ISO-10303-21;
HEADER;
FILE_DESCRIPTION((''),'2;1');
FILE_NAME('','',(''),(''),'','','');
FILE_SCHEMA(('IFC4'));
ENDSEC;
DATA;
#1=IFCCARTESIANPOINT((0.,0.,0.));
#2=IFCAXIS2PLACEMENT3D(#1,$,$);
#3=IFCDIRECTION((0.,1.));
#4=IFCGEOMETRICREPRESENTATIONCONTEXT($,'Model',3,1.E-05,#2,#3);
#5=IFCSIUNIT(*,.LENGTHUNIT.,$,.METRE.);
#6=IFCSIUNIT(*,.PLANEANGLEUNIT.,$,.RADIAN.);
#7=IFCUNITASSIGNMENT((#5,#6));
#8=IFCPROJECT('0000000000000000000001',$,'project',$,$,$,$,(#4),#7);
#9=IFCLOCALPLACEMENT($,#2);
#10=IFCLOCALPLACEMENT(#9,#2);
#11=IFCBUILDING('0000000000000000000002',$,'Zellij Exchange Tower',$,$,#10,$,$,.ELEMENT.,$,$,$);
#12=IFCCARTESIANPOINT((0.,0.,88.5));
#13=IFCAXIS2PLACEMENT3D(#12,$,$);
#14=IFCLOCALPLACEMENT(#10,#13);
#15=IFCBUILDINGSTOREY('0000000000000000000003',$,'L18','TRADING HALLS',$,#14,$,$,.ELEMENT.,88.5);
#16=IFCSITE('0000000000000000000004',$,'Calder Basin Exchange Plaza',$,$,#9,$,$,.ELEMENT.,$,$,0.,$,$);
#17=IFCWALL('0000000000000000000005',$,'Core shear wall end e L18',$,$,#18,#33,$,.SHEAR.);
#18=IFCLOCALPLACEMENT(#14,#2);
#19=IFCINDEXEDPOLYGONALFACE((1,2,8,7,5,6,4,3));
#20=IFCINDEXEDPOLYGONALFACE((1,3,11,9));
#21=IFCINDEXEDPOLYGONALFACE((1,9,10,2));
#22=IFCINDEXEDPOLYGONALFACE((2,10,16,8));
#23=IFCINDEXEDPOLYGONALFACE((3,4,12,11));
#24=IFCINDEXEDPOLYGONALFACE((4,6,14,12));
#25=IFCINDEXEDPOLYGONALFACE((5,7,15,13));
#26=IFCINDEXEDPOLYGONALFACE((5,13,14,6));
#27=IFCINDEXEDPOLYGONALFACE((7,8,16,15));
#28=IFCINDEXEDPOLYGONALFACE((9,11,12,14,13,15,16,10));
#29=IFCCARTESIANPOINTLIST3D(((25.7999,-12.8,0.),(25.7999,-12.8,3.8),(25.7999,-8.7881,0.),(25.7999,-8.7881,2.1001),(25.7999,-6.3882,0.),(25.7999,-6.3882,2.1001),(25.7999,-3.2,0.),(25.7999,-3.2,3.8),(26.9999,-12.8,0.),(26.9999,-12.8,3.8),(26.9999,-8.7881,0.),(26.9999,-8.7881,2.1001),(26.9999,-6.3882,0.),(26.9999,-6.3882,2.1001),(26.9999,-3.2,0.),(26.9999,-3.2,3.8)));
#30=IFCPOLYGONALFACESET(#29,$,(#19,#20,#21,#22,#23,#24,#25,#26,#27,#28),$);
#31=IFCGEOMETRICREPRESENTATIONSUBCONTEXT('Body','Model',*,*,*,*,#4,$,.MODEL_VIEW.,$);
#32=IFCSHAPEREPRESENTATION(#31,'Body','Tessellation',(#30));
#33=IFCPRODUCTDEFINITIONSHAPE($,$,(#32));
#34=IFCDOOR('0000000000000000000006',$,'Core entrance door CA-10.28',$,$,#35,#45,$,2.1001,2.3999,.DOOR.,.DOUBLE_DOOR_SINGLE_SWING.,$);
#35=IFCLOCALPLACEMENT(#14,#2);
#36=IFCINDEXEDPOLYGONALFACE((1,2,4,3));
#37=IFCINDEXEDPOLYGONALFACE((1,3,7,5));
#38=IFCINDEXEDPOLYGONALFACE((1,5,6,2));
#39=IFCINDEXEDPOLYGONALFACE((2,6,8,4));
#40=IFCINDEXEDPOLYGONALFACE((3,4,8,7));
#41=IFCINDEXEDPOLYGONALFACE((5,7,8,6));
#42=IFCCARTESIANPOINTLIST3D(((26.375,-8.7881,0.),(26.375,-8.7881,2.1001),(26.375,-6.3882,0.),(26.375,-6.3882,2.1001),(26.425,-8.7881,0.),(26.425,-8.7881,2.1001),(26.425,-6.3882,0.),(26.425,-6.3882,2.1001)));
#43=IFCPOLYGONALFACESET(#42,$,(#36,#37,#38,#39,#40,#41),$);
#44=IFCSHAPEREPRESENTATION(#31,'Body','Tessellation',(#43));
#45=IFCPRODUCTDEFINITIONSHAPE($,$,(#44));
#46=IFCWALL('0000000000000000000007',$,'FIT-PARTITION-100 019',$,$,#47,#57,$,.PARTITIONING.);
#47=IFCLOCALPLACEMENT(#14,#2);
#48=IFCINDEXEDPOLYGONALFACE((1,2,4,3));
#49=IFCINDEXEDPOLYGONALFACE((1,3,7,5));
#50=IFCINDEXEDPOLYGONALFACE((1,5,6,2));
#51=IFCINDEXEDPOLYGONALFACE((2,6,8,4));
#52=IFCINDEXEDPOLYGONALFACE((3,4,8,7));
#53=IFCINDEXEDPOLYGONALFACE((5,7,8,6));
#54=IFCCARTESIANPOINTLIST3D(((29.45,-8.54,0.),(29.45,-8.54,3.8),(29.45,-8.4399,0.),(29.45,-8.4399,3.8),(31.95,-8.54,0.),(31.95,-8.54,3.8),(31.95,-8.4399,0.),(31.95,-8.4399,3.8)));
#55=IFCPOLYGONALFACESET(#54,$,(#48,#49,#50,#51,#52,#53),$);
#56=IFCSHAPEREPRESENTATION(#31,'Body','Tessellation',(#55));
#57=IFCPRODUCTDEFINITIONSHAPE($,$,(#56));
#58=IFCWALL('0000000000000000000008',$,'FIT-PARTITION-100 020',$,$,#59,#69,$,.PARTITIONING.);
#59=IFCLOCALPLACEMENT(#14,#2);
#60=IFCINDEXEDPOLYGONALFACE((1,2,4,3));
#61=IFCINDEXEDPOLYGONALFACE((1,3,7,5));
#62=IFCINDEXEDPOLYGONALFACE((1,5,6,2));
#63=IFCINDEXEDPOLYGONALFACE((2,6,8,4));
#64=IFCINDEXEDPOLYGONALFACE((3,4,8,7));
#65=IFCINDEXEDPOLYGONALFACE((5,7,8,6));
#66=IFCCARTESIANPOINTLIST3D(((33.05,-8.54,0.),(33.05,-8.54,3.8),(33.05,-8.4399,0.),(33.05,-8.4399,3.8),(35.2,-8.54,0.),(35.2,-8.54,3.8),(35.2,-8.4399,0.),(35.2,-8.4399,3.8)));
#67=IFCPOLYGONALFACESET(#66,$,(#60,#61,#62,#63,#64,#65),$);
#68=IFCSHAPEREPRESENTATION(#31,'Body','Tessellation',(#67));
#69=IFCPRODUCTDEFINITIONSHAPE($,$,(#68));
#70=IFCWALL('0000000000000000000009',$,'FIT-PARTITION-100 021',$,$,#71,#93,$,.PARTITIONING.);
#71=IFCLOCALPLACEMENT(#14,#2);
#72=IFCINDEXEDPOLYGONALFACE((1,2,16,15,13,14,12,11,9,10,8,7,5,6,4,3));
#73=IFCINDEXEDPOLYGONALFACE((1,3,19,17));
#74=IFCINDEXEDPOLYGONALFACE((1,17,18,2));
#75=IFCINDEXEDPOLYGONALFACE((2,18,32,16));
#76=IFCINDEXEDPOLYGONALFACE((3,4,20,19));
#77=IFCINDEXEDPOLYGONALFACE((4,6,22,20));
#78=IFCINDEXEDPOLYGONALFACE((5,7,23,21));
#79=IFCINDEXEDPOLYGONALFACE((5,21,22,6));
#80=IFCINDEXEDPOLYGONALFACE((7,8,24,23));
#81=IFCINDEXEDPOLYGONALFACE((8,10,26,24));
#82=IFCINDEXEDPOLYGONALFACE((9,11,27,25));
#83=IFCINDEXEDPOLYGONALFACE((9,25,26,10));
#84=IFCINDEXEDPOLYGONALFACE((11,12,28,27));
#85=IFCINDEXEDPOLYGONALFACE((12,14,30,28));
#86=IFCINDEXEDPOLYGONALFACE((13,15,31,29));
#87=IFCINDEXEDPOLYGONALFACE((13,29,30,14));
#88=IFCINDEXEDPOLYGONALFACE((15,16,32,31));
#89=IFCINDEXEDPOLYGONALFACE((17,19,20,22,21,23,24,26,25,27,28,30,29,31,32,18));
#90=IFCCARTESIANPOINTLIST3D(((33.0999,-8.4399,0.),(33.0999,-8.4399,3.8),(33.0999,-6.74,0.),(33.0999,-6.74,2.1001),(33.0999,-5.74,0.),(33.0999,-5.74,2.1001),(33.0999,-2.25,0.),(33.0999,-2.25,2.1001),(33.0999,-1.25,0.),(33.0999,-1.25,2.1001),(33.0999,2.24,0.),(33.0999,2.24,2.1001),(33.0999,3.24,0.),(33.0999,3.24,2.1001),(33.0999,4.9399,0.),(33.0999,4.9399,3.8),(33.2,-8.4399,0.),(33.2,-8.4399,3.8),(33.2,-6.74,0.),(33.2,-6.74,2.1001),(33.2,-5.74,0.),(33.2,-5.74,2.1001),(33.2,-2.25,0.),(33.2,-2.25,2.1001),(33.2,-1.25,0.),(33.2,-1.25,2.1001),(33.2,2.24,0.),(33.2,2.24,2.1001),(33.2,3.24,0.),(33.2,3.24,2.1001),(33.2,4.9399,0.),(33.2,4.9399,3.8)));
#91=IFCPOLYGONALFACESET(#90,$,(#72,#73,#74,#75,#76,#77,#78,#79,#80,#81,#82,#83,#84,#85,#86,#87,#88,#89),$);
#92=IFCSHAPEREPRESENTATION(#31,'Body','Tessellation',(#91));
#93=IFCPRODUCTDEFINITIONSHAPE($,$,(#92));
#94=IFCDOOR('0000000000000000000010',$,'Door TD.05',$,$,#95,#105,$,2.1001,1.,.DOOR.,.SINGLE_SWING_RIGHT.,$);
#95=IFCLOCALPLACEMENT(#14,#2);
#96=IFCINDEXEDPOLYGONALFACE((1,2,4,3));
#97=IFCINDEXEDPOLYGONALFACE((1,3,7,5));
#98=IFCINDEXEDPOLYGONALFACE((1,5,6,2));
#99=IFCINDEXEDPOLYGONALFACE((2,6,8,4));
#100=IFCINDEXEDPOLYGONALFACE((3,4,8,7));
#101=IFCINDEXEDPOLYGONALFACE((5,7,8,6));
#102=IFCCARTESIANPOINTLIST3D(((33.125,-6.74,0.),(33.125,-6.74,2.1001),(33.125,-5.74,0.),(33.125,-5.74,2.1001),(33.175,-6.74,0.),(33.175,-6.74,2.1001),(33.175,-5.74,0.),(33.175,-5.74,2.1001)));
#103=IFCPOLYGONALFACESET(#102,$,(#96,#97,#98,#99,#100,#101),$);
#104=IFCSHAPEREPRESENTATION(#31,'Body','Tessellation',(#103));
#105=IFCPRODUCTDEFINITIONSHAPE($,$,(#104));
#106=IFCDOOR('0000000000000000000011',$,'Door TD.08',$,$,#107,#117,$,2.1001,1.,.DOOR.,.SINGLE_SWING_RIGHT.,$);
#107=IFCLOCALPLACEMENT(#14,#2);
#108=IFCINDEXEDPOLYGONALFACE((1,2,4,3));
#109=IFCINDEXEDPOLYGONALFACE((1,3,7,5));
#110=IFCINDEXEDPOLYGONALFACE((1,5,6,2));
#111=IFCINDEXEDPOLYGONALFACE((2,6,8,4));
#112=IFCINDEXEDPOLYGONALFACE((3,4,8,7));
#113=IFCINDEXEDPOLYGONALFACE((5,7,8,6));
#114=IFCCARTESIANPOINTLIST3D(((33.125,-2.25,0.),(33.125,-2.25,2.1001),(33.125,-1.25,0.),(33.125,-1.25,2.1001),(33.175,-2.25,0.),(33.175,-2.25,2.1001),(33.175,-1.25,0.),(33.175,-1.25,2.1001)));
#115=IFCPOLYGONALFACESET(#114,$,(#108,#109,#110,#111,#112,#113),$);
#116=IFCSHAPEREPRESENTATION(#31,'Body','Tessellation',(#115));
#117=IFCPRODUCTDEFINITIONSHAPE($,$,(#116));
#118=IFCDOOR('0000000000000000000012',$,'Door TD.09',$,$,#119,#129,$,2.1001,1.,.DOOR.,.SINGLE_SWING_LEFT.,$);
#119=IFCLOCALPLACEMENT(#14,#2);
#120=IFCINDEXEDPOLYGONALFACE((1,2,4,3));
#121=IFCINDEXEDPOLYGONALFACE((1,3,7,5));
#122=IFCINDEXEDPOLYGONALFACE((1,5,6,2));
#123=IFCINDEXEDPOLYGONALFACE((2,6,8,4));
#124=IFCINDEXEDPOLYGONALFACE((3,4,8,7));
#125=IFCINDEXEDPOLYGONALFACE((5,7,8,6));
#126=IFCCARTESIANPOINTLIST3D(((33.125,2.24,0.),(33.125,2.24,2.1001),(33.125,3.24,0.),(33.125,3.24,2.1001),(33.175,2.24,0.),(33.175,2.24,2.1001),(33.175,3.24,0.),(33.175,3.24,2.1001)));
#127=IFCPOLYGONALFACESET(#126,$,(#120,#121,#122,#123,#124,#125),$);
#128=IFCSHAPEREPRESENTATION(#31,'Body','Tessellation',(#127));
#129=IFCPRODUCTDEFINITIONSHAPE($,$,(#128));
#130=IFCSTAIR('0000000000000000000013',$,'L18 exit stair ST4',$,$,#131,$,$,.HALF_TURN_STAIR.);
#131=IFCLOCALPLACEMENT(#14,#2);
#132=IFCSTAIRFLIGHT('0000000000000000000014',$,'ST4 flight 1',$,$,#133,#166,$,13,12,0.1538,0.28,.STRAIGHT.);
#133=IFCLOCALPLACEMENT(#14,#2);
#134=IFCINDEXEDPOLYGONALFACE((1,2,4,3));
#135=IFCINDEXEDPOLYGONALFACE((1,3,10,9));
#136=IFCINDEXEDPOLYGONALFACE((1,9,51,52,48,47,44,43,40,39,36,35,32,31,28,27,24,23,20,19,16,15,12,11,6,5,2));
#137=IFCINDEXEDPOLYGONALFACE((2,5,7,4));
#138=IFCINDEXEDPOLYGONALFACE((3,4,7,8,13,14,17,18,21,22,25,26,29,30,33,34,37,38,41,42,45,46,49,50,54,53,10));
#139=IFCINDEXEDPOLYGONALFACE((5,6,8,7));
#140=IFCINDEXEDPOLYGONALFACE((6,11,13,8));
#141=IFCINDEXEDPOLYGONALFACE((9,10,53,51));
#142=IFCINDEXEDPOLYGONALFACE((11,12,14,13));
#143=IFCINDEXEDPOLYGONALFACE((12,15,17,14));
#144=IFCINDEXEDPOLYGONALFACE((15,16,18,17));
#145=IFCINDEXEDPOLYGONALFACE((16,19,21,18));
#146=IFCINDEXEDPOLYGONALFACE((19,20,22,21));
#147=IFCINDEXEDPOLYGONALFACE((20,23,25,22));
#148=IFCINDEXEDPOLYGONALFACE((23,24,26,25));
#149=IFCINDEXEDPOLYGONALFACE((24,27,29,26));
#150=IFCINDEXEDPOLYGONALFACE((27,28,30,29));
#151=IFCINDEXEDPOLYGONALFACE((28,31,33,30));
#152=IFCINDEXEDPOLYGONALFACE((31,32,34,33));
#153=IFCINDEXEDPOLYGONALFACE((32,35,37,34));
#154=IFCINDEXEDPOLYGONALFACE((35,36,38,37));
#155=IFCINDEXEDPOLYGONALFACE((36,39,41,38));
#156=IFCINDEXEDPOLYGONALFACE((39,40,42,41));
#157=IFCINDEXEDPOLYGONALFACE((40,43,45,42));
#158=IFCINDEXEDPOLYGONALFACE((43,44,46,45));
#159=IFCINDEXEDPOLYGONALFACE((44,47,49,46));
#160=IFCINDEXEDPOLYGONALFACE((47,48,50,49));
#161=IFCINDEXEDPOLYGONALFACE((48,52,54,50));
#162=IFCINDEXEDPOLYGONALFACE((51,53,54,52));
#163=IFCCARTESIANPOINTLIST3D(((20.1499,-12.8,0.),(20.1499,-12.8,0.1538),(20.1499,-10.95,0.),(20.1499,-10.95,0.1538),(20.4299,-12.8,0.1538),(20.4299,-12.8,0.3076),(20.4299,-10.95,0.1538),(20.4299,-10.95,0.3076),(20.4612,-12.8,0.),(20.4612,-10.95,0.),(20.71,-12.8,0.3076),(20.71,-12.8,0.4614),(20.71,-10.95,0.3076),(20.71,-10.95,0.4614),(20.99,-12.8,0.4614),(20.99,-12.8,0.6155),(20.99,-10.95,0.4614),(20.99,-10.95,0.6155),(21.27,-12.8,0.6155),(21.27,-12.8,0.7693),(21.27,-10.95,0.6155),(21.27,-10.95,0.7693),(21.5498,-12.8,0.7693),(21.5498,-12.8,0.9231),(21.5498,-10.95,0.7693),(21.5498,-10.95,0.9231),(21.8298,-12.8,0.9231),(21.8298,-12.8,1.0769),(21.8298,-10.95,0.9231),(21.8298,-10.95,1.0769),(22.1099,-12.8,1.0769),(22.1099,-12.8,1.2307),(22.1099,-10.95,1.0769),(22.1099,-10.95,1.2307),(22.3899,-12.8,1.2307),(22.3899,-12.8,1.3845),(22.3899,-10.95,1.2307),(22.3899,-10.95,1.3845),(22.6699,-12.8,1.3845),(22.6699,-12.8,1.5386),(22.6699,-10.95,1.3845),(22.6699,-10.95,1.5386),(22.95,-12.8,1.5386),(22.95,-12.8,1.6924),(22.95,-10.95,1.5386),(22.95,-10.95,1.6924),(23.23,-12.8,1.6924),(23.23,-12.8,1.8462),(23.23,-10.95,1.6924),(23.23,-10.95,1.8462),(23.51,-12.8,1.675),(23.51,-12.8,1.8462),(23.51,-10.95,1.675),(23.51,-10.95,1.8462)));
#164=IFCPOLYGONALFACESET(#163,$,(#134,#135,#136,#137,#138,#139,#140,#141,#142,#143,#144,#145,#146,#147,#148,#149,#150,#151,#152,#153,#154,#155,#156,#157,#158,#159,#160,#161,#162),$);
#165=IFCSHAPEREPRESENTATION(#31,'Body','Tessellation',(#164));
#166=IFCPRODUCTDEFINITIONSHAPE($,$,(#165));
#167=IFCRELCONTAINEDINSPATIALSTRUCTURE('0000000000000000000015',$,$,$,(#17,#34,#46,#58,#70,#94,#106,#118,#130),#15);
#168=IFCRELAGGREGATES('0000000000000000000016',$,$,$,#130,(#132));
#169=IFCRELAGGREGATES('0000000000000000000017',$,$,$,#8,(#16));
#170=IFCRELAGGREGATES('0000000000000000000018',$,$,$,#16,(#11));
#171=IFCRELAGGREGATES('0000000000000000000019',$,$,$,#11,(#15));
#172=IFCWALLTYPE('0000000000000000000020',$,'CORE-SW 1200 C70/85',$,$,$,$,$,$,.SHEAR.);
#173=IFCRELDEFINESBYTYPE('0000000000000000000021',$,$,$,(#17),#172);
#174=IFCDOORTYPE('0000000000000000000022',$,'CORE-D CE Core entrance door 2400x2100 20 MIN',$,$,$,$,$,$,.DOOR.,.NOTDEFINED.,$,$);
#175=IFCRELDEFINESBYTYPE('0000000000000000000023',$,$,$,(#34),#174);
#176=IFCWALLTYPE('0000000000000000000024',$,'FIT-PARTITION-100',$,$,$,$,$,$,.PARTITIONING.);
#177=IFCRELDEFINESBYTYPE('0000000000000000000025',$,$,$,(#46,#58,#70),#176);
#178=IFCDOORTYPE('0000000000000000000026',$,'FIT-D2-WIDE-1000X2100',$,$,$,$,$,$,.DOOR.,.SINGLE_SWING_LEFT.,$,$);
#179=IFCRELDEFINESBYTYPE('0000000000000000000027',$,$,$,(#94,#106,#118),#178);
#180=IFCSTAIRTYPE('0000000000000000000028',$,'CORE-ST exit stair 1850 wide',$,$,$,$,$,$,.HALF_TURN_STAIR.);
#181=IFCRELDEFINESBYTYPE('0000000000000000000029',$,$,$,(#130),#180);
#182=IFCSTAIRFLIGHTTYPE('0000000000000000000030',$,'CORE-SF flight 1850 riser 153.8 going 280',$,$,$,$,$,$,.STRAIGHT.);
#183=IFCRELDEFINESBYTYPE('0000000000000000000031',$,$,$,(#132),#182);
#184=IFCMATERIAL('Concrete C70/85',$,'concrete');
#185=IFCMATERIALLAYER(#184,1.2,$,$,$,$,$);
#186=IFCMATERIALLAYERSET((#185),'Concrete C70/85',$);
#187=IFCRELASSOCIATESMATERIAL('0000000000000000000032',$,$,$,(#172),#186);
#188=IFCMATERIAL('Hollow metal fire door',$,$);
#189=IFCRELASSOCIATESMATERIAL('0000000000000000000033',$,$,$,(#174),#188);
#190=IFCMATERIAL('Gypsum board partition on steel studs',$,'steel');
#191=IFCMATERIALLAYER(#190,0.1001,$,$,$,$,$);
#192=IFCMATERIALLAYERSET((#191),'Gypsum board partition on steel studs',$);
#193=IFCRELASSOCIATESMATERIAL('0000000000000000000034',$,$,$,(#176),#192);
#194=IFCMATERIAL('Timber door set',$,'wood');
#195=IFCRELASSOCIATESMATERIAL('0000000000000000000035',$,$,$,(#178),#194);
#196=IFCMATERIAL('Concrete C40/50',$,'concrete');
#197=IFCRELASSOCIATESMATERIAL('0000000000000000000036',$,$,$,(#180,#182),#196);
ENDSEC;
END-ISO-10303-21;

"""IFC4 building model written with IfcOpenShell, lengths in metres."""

from ifc_helpers import new_model, si_unit, direction, frame, frame_2d, origin, place, context, subcontext, project, spatial, polyline, rectangle, outline, extrude, material, layer, layer_set, type_object, element, fill, aggregate, save


model = new_model("IFC4")

# Units and contexts
model_context = context("Model", 3, precision=1e-05, world=origin(), true_north=direction((0.0, 1.0)))
body_context = subcontext(model_context, "Body", "Model", "MODEL_VIEW")
ifc_project = project(units=[si_unit("LENGTHUNIT", "METRE"), si_unit("PLANEANGLEUNIT", "RADIAN")], contexts=[model_context])

# Site, building, storey
site_placement = place(None, origin())
site = spatial("IfcSite", under=ifc_project, at=site_placement, Name="Calder Basin Exchange Plaza", CompositionType="ELEMENT", RefElevation=0.0)
building_placement = place(site_placement, origin())
building = spatial("IfcBuilding", under=site, at=building_placement, Name="Zellij Exchange Tower", CompositionType="ELEMENT")
storey_placement = place(building_placement, frame((0.0, 0.0, 88.5)))
storey = spatial("IfcBuildingStorey", under=building, at=storey_placement, Name="L18", Description="TRADING HALLS", CompositionType="ELEMENT", Elevation=88.5)

# Shared definitions
ifc_material_1 = material(Name="Concrete C70/85", Category="concrete")

# Wall, opening, door
ifc_layer_1 = layer(ifc_material_1, 1.2)
ifc_layer_set_1 = layer_set([ifc_layer_1], Name="Concrete C70/85")
wall_type_1 = type_object("IfcWallType", Name="CORE-SW 1200 C70/85", PredefinedType="SHEAR", material=ifc_layer_set_1)
wall_1_placement = place(storey_placement, frame((26.3999, -12.8, 0.0), z_axis=(0.0, 0.0, 1.0), x_axis=(0.0, 1.0, 0.0)))
wall_1 = element("IfcWall", 1, at=wall_1_placement, inside=storey, type_object=wall_type_1, Name="Core shear wall end e L18", PredefinedType="SHEAR", context=body_context, shape_type="SweptSolid", body=[
    extrude(rectangle(XDim=9.6001, YDim=1.2, at=frame_2d((4.8, 0.0))), origin(), (0.0, 0.0, 1.0), 3.8),
])
opening_1_placement = place(wall_1_placement, frame((4.012, 0.0, 0.0)))
opening_1 = element("IfcOpeningElement", 2, at=opening_1_placement, cuts=wall_1, PredefinedType="OPENING", context=body_context, shape_type="SweptSolid", body=[
    extrude(rectangle(XDim=2.3999, YDim=2.1001, at=frame_2d((1.2, 1.05))), frame((0.0, 0.6118, 0.0), z_axis=(0.0, -1.0, 0.0), x_axis=(1.0, 0.0, 0.0)), (0.0, 0.0, 1.0), 1.2239),
])
ifc_material_2 = material(Name="Hollow metal fire door")
door_type_1 = type_object("IfcDoorType", Name="CORE-D CE Core entrance door 2400x2100 20 MIN", OperationType="NOTDEFINED", PredefinedType="DOOR", material=ifc_material_2)
door_1_placement = place(opening_1_placement, origin())
door_1 = element("IfcDoor", 3, at=door_1_placement, inside=storey, type_object=door_type_1, Name="Core entrance door CA-10.28", OperationType="DOUBLE_DOOR_SINGLE_SWING", OverallHeight=2.1001, OverallWidth=2.3999, PredefinedType="DOOR", context=body_context, shape_type="SweptSolid", body=[
    extrude(rectangle(XDim=2.3999, YDim=2.1001, at=frame_2d((1.2, 1.05))), frame((0.0, 0.0249, 0.0), z_axis=(0.0, -1.0, 0.0), x_axis=(1.0, 0.0, 0.0)), (0.0, 0.0, 1.0), 0.05),
])
fill(opening_1, door_1)

# Walls
ifc_material_3 = material(Name="Gypsum board partition on steel studs", Category="steel")
ifc_layer_2 = layer(ifc_material_3, 0.1001)
ifc_layer_set_2 = layer_set([ifc_layer_2], Name="Gypsum board partition on steel studs")
wall_type_2 = type_object("IfcWallType", Name="FIT-PARTITION-100", PredefinedType="PARTITIONING", material=ifc_layer_set_2)
wall_2_placement = place(storey_placement, frame((29.45, -8.49, 0.0), z_axis=(0.0, 0.0, 1.0), x_axis=(1.0, 0.0, 0.0)))
element("IfcWall", 4, at=wall_2_placement, inside=storey, type_object=wall_type_2, Name="FIT-PARTITION-100 019", PredefinedType="PARTITIONING", context=body_context, shape_type="SweptSolid", body=[
    extrude(rectangle(XDim=2.5, YDim=0.1001, at=frame_2d((1.25, 0.0))), origin(), (0.0, 0.0, 1.0), 3.8),
])
wall_3_placement = place(storey_placement, frame((33.05, -8.49, 0.0), z_axis=(0.0, 0.0, 1.0), x_axis=(1.0, 0.0, 0.0)))
element("IfcWall", 5, at=wall_3_placement, inside=storey, type_object=wall_type_2, Name="FIT-PARTITION-100 020", PredefinedType="PARTITIONING", context=body_context, shape_type="SweptSolid", body=[
    extrude(rectangle(XDim=2.1499, YDim=0.1001, at=frame_2d((1.075, 0.0))), origin(), (0.0, 0.0, 1.0), 3.8),
])

# Wall, openings, doors
wall_4_placement = place(storey_placement, frame((33.1499, -8.4399, 0.0), z_axis=(0.0, 0.0, 1.0), x_axis=(0.0, 1.0, 0.0)))
wall_4 = element("IfcWall", 6, at=wall_4_placement, inside=storey, type_object=wall_type_2, Name="FIT-PARTITION-100 021", PredefinedType="PARTITIONING", context=body_context, shape_type="SweptSolid", body=[
    extrude(rectangle(XDim=13.3799, YDim=0.1001, at=frame_2d((6.6899, 0.0))), origin(), (0.0, 0.0, 1.0), 3.8),
])
opening_2_placement = place(wall_4_placement, frame((1.7, 0.0, 0.0)))
opening_2 = element("IfcOpeningElement", 7, at=opening_2_placement, cuts=wall_4, PredefinedType="OPENING", context=body_context, shape_type="SweptSolid", body=[
    extrude(rectangle(XDim=1.0, YDim=2.1001, at=frame_2d((0.5, 1.05))), frame((0.0, 0.062, 0.0), z_axis=(0.0, -1.0, 0.0), x_axis=(1.0, 0.0, 0.0)), (0.0, 0.0, 1.0), 0.124),
])
opening_3_placement = place(wall_4_placement, frame((6.1899, 0.0, 0.0)))
opening_3 = element("IfcOpeningElement", 8, at=opening_3_placement, cuts=wall_4, PredefinedType="OPENING", context=body_context, shape_type="SweptSolid", body=[
    extrude(rectangle(XDim=1.0, YDim=2.1001, at=frame_2d((0.5, 1.05))), frame((0.0, 0.062, 0.0), z_axis=(0.0, -1.0, 0.0), x_axis=(1.0, 0.0, 0.0)), (0.0, 0.0, 1.0), 0.124),
])
opening_4_placement = place(wall_4_placement, frame((10.6799, 0.0, 0.0)))
opening_4 = element("IfcOpeningElement", 9, at=opening_4_placement, cuts=wall_4, PredefinedType="OPENING", context=body_context, shape_type="SweptSolid", body=[
    extrude(rectangle(XDim=1.0, YDim=2.1001, at=frame_2d((0.5, 1.05))), frame((0.0, 0.062, 0.0), z_axis=(0.0, -1.0, 0.0), x_axis=(1.0, 0.0, 0.0)), (0.0, 0.0, 1.0), 0.124),
])
ifc_material_4 = material(Name="Timber door set", Category="wood")
door_type_2 = type_object("IfcDoorType", Name="FIT-D2-WIDE-1000X2100", OperationType="SINGLE_SWING_LEFT", PredefinedType="DOOR", material=ifc_material_4)
door_2_placement = place(opening_2_placement, origin())
door_2 = element("IfcDoor", 10, at=door_2_placement, inside=storey, type_object=door_type_2, Name="Door TD.05", OperationType="SINGLE_SWING_RIGHT", OverallHeight=2.1001, OverallWidth=1.0, PredefinedType="DOOR", context=body_context, shape_type="SweptSolid", body=[
    extrude(rectangle(XDim=1.0, YDim=2.1001, at=frame_2d((0.5, 1.05))), frame((0.0, 0.0249, 0.0), z_axis=(0.0, -1.0, 0.0), x_axis=(1.0, 0.0, 0.0)), (0.0, 0.0, 1.0), 0.05),
])
fill(opening_2, door_2)
door_3_placement = place(opening_3_placement, origin())
door_3 = element("IfcDoor", 11, at=door_3_placement, inside=storey, type_object=door_type_2, Name="Door TD.08", OperationType="SINGLE_SWING_RIGHT", OverallHeight=2.1001, OverallWidth=1.0, PredefinedType="DOOR", context=body_context, shape_type="SweptSolid", body=[
    extrude(rectangle(XDim=1.0, YDim=2.1001, at=frame_2d((0.5, 1.05))), frame((0.0, 0.0249, 0.0), z_axis=(0.0, -1.0, 0.0), x_axis=(1.0, 0.0, 0.0)), (0.0, 0.0, 1.0), 0.05),
])
fill(opening_3, door_3)
door_4_placement = place(opening_4_placement, origin())
door_4 = element("IfcDoor", 12, at=door_4_placement, inside=storey, type_object=door_type_2, Name="Door TD.09", OperationType="SINGLE_SWING_LEFT", OverallHeight=2.1001, OverallWidth=1.0, PredefinedType="DOOR", context=body_context, shape_type="SweptSolid", body=[
    extrude(rectangle(XDim=1.0, YDim=2.1001, at=frame_2d((0.5, 1.05))), frame((0.0, 0.0249, 0.0), z_axis=(0.0, -1.0, 0.0), x_axis=(1.0, 0.0, 0.0)), (0.0, 0.0, 1.0), 0.05),
])
fill(opening_4, door_4)

# Stair, stair flight
ifc_material_5 = material(Name="Concrete C40/50", Category="concrete")
stair_type = type_object("IfcStairType", Name="CORE-ST exit stair 1850 wide", PredefinedType="HALF_TURN_STAIR", material=ifc_material_5)
stair_placement = place(storey_placement, origin())
stair = element("IfcStair", 13, at=stair_placement, inside=storey, type_object=stair_type, Name="L18 exit stair ST4", PredefinedType="HALF_TURN_STAIR")
stair_flight_type = type_object("IfcStairFlightType", Name="CORE-SF flight 1850 riser 153.8 going 280", PredefinedType="STRAIGHT", material=ifc_material_5)
stair_flight_1_placement = place(storey_placement, frame((20.1499, -11.875, 0.0), z_axis=(0.0, 0.0, 1.0), x_axis=(1.0, 0.0, 0.0)))
stair_flight_1 = element("IfcStairFlight", 14, at=stair_flight_1_placement, type_object=stair_flight_type, Name="ST4 flight 1", NumberOfRisers=13, NumberOfTreads=12, PredefinedType="STRAIGHT", RiserHeight=0.1538, TreadLength=0.28, context=body_context, shape_type="SweptSolid", body=[
    extrude(outline(polyline([(0.0, 0.0), (0.0, 0.1538), (0.28, 0.1538), (0.28, 0.3076), (0.5601, 0.3076), (0.5601, 0.4614), (0.8401, 0.4614), (0.8401, 0.6155), (1.1201, 0.6155), (1.1201, 0.7693), (1.3999, 0.7693), (1.3999, 0.9231), (1.6799, 0.9231), (1.6799, 1.0769), (1.96, 1.0769), (1.96, 1.2307), (2.24, 1.2307), (2.24, 1.3845), (2.52, 1.3845), (2.52, 1.5386), (2.8, 1.5386), (2.8, 1.6924), (3.0801, 1.6924), (3.0801, 1.8462), (3.3601, 1.8462), (3.3601, 2.0), (3.3601, 1.675), (0.3113, 0.0), (0.0, 0.0)])), frame((0.0, 0.925, 0.0), z_axis=(0.0, -1.0, 0.0), x_axis=(1.0, 0.0, 0.0)), (0.0, 0.0, 1.0), 1.8501),
])
aggregate(stair, [stair_flight_1])

save(model, "model.ifc")
